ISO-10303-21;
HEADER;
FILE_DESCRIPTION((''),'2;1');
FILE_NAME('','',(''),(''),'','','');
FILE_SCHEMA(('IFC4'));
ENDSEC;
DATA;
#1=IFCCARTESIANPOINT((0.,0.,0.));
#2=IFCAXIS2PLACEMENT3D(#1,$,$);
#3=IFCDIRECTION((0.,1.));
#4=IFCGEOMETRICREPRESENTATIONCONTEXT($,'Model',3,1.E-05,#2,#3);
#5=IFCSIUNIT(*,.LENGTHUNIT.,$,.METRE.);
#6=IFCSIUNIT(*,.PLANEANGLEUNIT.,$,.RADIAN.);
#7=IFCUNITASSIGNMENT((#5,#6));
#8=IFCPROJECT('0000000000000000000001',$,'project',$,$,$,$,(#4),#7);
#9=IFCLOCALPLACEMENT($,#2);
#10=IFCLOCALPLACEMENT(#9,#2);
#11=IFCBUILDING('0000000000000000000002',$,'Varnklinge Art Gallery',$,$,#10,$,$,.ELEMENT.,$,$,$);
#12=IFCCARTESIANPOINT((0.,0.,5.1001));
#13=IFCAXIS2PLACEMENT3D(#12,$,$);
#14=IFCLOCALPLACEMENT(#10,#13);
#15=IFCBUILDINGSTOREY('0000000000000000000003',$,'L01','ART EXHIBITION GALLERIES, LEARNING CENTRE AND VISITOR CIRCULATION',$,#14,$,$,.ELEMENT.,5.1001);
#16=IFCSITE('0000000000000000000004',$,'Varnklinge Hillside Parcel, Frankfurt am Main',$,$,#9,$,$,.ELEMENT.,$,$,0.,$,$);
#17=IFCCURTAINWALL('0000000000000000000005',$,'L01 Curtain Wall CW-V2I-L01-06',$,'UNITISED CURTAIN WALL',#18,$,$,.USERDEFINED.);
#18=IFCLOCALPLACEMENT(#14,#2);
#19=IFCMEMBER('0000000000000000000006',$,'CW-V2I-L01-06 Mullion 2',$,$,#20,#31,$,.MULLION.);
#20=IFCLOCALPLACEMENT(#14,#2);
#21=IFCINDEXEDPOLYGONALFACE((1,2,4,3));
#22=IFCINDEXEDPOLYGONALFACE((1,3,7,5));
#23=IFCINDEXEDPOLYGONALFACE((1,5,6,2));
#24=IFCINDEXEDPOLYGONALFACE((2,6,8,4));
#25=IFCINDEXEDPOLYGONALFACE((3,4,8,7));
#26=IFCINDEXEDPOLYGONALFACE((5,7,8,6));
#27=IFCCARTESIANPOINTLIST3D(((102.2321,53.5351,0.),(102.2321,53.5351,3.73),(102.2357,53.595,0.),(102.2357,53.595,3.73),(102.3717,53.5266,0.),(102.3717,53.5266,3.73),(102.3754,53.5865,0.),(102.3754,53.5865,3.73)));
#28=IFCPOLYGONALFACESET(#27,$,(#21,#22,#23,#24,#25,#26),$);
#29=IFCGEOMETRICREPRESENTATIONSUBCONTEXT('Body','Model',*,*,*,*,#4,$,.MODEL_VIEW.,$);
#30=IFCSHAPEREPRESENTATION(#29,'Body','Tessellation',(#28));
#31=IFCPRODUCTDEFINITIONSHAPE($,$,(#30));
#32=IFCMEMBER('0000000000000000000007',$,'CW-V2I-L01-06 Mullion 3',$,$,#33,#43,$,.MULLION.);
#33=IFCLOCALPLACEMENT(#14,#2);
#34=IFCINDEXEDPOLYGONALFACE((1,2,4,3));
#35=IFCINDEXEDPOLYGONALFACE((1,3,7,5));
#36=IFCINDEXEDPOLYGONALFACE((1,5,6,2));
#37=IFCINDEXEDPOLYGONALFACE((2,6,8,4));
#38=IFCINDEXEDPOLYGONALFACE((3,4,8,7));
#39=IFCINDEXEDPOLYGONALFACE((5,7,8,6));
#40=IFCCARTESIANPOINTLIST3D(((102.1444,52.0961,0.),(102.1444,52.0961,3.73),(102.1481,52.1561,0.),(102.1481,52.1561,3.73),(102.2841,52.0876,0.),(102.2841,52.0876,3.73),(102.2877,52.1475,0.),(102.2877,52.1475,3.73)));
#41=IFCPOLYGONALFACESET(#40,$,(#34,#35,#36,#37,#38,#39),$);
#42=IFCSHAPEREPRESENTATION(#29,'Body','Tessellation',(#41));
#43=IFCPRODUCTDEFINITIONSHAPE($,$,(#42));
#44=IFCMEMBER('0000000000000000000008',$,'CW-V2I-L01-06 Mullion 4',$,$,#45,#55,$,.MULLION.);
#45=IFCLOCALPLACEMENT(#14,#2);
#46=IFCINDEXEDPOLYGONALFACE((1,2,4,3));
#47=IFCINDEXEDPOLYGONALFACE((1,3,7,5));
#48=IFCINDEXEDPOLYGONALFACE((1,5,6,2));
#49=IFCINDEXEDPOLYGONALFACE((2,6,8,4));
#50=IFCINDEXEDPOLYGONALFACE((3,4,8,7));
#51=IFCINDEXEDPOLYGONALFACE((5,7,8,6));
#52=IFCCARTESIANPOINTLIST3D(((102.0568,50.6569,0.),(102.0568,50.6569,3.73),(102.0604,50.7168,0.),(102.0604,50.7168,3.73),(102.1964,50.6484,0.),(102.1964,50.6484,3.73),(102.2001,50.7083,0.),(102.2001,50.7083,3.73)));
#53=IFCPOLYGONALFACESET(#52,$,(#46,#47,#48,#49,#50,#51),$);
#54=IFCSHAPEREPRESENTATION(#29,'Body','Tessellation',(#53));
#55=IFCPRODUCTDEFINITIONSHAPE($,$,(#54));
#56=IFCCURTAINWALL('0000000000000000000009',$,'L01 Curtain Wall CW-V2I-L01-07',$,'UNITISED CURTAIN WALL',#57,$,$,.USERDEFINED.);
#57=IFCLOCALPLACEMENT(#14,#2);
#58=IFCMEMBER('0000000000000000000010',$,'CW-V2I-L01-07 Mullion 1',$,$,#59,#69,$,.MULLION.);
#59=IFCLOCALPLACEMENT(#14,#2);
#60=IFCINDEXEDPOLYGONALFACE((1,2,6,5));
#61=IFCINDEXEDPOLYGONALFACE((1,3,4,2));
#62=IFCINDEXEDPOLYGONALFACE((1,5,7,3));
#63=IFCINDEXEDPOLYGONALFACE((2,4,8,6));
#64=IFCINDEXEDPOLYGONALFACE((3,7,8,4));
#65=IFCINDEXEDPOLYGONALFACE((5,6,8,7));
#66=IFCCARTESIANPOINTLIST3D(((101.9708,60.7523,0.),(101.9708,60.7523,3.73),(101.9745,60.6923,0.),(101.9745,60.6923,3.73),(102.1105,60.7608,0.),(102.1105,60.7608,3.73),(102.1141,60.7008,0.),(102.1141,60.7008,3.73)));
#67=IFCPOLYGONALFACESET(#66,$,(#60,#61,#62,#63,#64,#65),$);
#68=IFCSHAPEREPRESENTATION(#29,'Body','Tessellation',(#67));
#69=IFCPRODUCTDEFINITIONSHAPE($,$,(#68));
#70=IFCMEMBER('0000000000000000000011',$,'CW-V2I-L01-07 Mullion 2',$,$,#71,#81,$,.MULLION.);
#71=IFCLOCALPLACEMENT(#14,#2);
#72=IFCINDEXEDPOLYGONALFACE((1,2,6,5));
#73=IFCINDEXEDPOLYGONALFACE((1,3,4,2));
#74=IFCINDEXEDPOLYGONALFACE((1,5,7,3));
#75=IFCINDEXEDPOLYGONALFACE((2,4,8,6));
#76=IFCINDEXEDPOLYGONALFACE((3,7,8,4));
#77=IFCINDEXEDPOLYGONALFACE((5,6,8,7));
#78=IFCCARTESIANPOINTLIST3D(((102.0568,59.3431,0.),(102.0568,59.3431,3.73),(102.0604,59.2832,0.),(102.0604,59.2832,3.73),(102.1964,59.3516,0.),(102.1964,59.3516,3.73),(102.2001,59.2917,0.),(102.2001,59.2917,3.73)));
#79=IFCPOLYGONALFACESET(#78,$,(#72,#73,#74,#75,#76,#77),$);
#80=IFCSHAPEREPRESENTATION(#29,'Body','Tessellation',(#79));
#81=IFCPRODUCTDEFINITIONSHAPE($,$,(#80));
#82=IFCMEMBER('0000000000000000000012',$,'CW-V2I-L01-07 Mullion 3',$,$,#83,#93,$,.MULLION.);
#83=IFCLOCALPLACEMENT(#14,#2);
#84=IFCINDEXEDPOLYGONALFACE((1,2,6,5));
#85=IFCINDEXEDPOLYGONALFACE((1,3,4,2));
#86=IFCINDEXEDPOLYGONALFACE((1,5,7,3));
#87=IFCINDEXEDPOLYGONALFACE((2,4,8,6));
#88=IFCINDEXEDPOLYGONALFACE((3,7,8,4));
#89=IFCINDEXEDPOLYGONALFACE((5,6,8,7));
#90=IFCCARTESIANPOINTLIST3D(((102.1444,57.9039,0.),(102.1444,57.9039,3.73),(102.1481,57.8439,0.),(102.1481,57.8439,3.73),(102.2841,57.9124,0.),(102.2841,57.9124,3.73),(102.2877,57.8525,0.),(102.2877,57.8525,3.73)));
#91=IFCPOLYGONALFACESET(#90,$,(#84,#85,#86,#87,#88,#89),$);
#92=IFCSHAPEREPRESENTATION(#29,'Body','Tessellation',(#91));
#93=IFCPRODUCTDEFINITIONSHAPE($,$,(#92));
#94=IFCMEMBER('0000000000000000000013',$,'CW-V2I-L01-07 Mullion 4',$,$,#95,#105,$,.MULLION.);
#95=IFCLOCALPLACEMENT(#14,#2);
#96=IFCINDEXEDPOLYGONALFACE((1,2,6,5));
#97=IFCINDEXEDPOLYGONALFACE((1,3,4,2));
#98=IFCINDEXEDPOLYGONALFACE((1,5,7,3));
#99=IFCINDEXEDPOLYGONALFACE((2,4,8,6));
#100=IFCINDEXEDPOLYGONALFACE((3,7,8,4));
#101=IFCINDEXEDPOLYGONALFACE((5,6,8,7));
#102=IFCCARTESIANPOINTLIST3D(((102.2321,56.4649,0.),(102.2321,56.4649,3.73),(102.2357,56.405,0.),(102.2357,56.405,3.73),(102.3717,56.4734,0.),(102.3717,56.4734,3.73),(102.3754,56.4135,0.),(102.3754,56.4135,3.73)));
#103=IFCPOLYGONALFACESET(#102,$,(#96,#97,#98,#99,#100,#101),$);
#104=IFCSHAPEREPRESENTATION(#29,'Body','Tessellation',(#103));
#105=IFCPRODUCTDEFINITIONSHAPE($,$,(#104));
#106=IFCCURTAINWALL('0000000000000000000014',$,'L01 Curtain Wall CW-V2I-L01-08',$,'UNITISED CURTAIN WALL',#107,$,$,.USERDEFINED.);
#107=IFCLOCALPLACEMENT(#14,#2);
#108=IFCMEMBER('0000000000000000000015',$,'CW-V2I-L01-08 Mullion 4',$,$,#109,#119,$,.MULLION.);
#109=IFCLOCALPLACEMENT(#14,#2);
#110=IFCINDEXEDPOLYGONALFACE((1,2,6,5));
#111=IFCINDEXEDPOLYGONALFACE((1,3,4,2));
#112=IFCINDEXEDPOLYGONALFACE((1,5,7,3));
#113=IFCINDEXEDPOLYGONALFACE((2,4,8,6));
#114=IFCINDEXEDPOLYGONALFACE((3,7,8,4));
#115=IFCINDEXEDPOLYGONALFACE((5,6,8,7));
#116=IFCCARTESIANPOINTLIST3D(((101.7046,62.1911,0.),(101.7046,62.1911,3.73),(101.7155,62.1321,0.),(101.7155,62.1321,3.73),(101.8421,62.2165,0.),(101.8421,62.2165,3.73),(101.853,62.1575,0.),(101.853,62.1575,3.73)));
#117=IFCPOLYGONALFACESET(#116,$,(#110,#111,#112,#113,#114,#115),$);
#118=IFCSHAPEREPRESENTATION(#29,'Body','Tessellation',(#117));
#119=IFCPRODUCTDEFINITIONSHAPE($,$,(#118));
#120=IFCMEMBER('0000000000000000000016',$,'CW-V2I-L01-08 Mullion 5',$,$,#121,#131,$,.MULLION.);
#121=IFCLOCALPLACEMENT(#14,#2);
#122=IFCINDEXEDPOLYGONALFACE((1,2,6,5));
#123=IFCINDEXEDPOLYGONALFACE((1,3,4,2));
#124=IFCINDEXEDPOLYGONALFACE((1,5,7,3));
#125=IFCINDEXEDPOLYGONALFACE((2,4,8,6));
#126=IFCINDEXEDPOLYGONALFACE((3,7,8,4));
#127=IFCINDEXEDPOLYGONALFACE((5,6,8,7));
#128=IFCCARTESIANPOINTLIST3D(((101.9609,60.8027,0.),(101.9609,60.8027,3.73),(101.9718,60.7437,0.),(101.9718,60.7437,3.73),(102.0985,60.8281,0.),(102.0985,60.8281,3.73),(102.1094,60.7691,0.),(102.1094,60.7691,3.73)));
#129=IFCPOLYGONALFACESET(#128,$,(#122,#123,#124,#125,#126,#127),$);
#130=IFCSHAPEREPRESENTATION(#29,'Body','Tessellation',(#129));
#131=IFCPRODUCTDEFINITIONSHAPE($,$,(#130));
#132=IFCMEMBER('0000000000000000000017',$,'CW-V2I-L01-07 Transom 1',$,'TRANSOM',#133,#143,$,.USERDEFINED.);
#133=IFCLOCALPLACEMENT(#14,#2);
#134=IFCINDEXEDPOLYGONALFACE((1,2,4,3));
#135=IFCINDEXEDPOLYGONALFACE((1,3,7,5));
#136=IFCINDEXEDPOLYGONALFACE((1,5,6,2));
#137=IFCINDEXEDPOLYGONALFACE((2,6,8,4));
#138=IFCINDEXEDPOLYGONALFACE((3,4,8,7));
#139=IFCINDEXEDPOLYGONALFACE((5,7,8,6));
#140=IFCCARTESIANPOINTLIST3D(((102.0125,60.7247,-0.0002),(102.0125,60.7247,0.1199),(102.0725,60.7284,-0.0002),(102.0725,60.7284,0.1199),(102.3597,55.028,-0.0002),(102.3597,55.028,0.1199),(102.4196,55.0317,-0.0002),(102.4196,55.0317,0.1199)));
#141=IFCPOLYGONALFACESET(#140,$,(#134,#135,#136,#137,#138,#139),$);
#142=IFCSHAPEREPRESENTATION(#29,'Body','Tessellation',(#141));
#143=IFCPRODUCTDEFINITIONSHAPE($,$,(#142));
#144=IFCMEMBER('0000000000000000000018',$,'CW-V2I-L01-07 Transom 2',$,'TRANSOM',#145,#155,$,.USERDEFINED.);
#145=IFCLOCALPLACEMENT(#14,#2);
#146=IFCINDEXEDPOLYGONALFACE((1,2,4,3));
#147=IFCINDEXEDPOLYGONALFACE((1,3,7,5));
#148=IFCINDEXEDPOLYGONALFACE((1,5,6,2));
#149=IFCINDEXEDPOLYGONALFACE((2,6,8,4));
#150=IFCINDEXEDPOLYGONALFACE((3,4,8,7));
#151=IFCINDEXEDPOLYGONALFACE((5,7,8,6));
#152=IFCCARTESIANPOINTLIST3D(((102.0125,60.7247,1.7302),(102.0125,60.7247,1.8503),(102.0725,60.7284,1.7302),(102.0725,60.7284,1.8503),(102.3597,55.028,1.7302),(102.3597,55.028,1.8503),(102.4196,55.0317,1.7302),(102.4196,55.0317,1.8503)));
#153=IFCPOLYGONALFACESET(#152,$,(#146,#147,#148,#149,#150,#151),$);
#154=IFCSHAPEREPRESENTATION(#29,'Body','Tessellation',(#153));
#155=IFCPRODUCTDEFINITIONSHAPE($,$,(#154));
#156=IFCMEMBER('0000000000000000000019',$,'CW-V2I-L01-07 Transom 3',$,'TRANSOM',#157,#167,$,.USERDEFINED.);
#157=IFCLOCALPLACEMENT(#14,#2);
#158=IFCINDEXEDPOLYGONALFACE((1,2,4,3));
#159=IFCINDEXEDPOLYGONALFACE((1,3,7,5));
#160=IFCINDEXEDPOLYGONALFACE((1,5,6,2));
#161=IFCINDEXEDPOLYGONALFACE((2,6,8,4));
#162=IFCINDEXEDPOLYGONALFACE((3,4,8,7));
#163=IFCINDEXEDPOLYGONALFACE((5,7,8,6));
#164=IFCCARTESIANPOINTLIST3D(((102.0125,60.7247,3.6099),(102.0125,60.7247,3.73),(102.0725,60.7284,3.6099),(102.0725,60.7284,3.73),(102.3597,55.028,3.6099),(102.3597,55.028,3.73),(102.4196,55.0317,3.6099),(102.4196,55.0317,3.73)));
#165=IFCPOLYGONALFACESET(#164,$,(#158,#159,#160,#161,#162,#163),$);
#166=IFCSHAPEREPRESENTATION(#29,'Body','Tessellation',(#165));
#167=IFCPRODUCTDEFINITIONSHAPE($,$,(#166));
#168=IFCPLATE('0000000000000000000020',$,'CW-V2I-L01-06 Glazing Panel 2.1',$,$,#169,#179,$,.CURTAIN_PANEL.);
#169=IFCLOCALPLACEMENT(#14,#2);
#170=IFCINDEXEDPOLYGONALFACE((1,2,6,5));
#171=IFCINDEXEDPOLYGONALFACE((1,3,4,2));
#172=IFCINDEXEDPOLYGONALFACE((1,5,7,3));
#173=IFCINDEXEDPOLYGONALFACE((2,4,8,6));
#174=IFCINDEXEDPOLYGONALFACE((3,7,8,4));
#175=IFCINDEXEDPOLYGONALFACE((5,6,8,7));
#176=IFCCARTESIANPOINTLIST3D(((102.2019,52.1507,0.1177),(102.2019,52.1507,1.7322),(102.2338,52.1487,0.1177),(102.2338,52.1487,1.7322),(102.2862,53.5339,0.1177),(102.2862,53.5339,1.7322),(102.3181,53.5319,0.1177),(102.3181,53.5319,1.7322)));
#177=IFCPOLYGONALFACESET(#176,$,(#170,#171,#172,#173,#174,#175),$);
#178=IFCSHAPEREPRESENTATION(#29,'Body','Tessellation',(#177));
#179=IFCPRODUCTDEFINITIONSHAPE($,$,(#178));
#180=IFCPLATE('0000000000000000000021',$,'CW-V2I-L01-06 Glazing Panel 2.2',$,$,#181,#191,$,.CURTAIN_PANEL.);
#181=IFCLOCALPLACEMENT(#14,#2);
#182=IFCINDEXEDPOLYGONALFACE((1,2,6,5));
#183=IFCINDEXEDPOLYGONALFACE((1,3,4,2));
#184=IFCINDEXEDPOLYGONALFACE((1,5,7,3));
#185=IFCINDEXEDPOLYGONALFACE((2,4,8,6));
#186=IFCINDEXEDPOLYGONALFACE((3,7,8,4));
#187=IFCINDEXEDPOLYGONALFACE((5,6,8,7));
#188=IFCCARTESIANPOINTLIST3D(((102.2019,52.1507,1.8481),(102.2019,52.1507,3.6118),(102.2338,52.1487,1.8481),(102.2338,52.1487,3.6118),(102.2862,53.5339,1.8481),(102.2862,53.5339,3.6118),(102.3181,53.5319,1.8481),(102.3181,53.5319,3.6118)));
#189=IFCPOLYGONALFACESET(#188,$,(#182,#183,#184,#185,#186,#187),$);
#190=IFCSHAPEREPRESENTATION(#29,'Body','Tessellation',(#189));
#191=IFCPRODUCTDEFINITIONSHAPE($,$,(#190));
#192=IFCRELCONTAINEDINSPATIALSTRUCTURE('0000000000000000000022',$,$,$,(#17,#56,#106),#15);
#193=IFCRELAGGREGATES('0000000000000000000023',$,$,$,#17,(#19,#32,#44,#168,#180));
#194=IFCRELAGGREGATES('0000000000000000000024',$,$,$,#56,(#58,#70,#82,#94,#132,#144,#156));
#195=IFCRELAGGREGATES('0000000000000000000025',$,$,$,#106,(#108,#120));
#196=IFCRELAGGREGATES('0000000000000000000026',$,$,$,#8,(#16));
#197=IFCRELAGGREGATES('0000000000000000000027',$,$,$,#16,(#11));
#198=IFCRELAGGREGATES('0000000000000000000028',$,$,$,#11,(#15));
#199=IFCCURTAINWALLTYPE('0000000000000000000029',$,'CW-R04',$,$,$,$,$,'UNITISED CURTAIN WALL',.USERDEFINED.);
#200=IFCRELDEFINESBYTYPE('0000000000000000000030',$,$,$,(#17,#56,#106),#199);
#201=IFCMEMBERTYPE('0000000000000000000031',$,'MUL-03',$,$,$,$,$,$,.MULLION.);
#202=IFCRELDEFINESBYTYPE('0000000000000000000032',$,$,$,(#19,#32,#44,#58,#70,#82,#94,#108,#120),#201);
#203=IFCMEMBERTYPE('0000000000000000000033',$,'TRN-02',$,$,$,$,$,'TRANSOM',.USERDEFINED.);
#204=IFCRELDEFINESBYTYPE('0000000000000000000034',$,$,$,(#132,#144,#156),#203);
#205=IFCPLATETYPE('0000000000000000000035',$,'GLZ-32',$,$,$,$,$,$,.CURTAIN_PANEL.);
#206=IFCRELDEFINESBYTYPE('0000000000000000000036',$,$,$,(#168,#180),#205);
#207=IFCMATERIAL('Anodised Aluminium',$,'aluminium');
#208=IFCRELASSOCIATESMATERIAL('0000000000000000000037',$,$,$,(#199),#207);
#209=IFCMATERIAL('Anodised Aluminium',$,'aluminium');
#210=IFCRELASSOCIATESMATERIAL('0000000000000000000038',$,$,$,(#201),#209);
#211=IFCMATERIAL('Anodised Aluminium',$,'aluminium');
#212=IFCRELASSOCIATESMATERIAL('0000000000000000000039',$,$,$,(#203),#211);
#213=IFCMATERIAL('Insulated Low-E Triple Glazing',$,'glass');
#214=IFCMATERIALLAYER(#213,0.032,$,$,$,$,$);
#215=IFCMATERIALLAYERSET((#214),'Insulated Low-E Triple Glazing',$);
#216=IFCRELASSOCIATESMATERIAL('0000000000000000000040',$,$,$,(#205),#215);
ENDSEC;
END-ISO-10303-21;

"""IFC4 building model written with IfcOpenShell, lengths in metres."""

from ifc_helpers import new_model, si_unit, direction, frame, origin, origin_2d, place, context, subcontext, project, spatial, rectangle, extrude, material, layer, layer_set, material_profile, profile_set, type_object, element, aggregate, save


model = new_model("IFC4")

# Units and contexts
model_context = context("Model", 3, precision=1e-05, world=origin(), true_north=direction((0.0, 1.0)))
body_context = subcontext(model_context, "Body", "Model", "MODEL_VIEW")
ifc_project = project(units=[si_unit("LENGTHUNIT", "METRE"), si_unit("PLANEANGLEUNIT", "RADIAN")], contexts=[model_context])

# Site, building, storey
site_placement = place(None, origin())
site = spatial("IfcSite", under=ifc_project, at=site_placement, Name="Varnklinge Hillside Parcel, Frankfurt am Main", CompositionType="ELEMENT", RefElevation=0.0)
building_placement = place(site_placement, origin())
building = spatial("IfcBuilding", under=site, at=building_placement, Name="Varnklinge Art Gallery", CompositionType="ELEMENT")
storey_placement = place(building_placement, frame((0.0, 0.0, 5.1001)))
storey = spatial("IfcBuildingStorey", under=building, at=storey_placement, Name="L01", Description="ART EXHIBITION GALLERIES, LEARNING CENTRE AND VISITOR CIRCULATION", CompositionType="ELEMENT", Elevation=5.1001)

# Curtain walls, members
ifc_material_1 = material(Name="Anodised Aluminium", Category="aluminium")
curtain_wall_type = type_object("IfcCurtainWallType", Name="CW-R04", ElementType="UNITISED CURTAIN WALL", PredefinedType="USERDEFINED", material=ifc_material_1)
curtain_wall_1_placement = place(storey_placement, origin())
curtain_wall_1 = element("IfcCurtainWall", 1, at=curtain_wall_1_placement, inside=storey, type_object=curtain_wall_type, Name="L01 Curtain Wall CW-V2I-L01-06", ObjectType="UNITISED CURTAIN WALL", PredefinedType="USERDEFINED")
ifc_material_2 = material(Name="Anodised Aluminium", Category="aluminium")
ifc_material_profile_1 = material_profile(ifc_material_2, rectangle(XDim=0.0601, YDim=0.1399, at=origin_2d()), Name="ALU 60x140")
ifc_profile_set_1 = profile_set([ifc_material_profile_1], Name="Anodised Aluminium")
member_type_1 = type_object("IfcMemberType", Name="MUL-03", PredefinedType="MULLION", material=ifc_profile_set_1)
member_1_placement = place(storey_placement, frame((102.3037, 53.5608, 0.0), z_axis=(0.0, 0.0, 1.0), x_axis=(-0.060874, -0.998145, 0.0)))
member_1 = element("IfcMember", 2, at=member_1_placement, type_object=member_type_1, Name="CW-V2I-L01-06 Mullion 2", PredefinedType="MULLION", context=body_context, shape_type="SweptSolid", body=[
    extrude(rectangle(XDim=0.0601, YDim=0.1399, at=origin_2d()), origin(), (0.0, 0.0, 1.0), 3.73),
])
member_2_placement = place(storey_placement, frame((102.2161, 52.1218, 0.0), z_axis=(0.0, 0.0, 1.0), x_axis=(-0.060874, -0.998145, 0.0)))
member_2 = element("IfcMember", 3, at=member_2_placement, type_object=member_type_1, Name="CW-V2I-L01-06 Mullion 3", PredefinedType="MULLION", context=body_context, shape_type="SweptSolid", body=[
    extrude(rectangle(XDim=0.0601, YDim=0.1399, at=origin_2d()), origin(), (0.0, 0.0, 1.0), 3.73),
])
member_3_placement = place(storey_placement, frame((102.1284, 50.6826, 0.0), z_axis=(0.0, 0.0, 1.0), x_axis=(-0.060874, -0.998145, 0.0)))
member_3 = element("IfcMember", 4, at=member_3_placement, type_object=member_type_1, Name="CW-V2I-L01-06 Mullion 4", PredefinedType="MULLION", context=body_context, shape_type="SweptSolid", body=[
    extrude(rectangle(XDim=0.0601, YDim=0.1399, at=origin_2d()), origin(), (0.0, 0.0, 1.0), 3.73),
])
curtain_wall_2_placement = place(storey_placement, origin())
curtain_wall_2 = element("IfcCurtainWall", 5, at=curtain_wall_2_placement, inside=storey, type_object=curtain_wall_type, Name="L01 Curtain Wall CW-V2I-L01-07", ObjectType="UNITISED CURTAIN WALL", PredefinedType="USERDEFINED")
member_4_placement = place(storey_placement, frame((102.0425, 60.7266, 0.0), z_axis=(0.0, 0.0, 1.0), x_axis=(0.060874, -0.998145, 0.0)))
member_4 = element("IfcMember", 6, at=member_4_placement, type_object=member_type_1, Name="CW-V2I-L01-07 Mullion 1", PredefinedType="MULLION", context=body_context, shape_type="SweptSolid", body=[
    extrude(rectangle(XDim=0.0601, YDim=0.1399, at=origin_2d()), origin(), (0.0, 0.0, 1.0), 3.73),
])
member_5_placement = place(storey_placement, frame((102.1284, 59.3174, 0.0), z_axis=(0.0, 0.0, 1.0), x_axis=(0.060874, -0.998145, 0.0)))
member_5 = element("IfcMember", 7, at=member_5_placement, type_object=member_type_1, Name="CW-V2I-L01-07 Mullion 2", PredefinedType="MULLION", context=body_context, shape_type="SweptSolid", body=[
    extrude(rectangle(XDim=0.0601, YDim=0.1399, at=origin_2d()), origin(), (0.0, 0.0, 1.0), 3.73),
])
member_6_placement = place(storey_placement, frame((102.2161, 57.8782, 0.0), z_axis=(0.0, 0.0, 1.0), x_axis=(0.060874, -0.998145, 0.0)))
member_6 = element("IfcMember", 8, at=member_6_placement, type_object=member_type_1, Name="CW-V2I-L01-07 Mullion 3", PredefinedType="MULLION", context=body_context, shape_type="SweptSolid", body=[
    extrude(rectangle(XDim=0.0601, YDim=0.1399, at=origin_2d()), origin(), (0.0, 0.0, 1.0), 3.73),
])
member_7_placement = place(storey_placement, frame((102.3037, 56.4392, 0.0), z_axis=(0.0, 0.0, 1.0), x_axis=(0.060874, -0.998145, 0.0)))
member_7 = element("IfcMember", 9, at=member_7_placement, type_object=member_type_1, Name="CW-V2I-L01-07 Mullion 4", PredefinedType="MULLION", context=body_context, shape_type="SweptSolid", body=[
    extrude(rectangle(XDim=0.0601, YDim=0.1399, at=origin_2d()), origin(), (0.0, 0.0, 1.0), 3.73),
])
curtain_wall_3_placement = place(storey_placement, origin())
curtain_wall_3 = element("IfcCurtainWall", 10, at=curtain_wall_3_placement, inside=storey, type_object=curtain_wall_type, Name="L01 Curtain Wall CW-V2I-L01-08", ObjectType="UNITISED CURTAIN WALL", PredefinedType="USERDEFINED")
member_8_placement = place(storey_placement, frame((101.7788, 62.1743, 0.0), z_axis=(0.0, 0.0, 1.0), x_axis=(0.181549, -0.983382, 0.0)))
member_8 = element("IfcMember", 11, at=member_8_placement, type_object=member_type_1, Name="CW-V2I-L01-08 Mullion 4", PredefinedType="MULLION", context=body_context, shape_type="SweptSolid", body=[
    extrude(rectangle(XDim=0.0601, YDim=0.1399, at=origin_2d()), origin(), (0.0, 0.0, 1.0), 3.73),
])
member_9_placement = place(storey_placement, frame((102.0352, 60.7859, 0.0), z_axis=(0.0, 0.0, 1.0), x_axis=(0.181549, -0.983382, 0.0)))
member_9 = element("IfcMember", 12, at=member_9_placement, type_object=member_type_1, Name="CW-V2I-L01-08 Mullion 5", PredefinedType="MULLION", context=body_context, shape_type="SweptSolid", body=[
    extrude(rectangle(XDim=0.0601, YDim=0.1399, at=origin_2d()), origin(), (0.0, 0.0, 1.0), 3.73),
])

# Members
ifc_material_3 = material(Name="Anodised Aluminium", Category="aluminium")
ifc_material_profile_2 = material_profile(ifc_material_3, rectangle(XDim=0.0601, YDim=0.1201, at=origin_2d()), Name="ALU 60x120")
ifc_profile_set_2 = profile_set([ifc_material_profile_2], Name="Anodised Aluminium")
member_type_2 = type_object("IfcMemberType", Name="TRN-02", ElementType="TRANSOM", PredefinedType="USERDEFINED", material=ifc_profile_set_2)
member_10_placement = place(storey_placement, frame((102.0425, 60.7266, 0.0598), z_axis=(0.060828, -0.998148, 0.0), x_axis=(0.998148, 0.060828, 0.0)))
member_10 = element("IfcMember", 13, at=member_10_placement, type_object=member_type_2, Name="CW-V2I-L01-07 Transom 1", ObjectType="TRANSOM", PredefinedType="USERDEFINED", context=body_context, shape_type="SweptSolid", body=[
    extrude(rectangle(XDim=0.0601, YDim=0.1201, at=origin_2d()), origin(), (0.0, 0.0, 1.0), 5.7073),
])
member_11_placement = place(storey_placement, frame((102.0425, 60.7266, 1.7903), z_axis=(0.060828, -0.998148, 0.0), x_axis=(0.998148, 0.060828, 0.0)))
member_11 = element("IfcMember", 14, at=member_11_placement, type_object=member_type_2, Name="CW-V2I-L01-07 Transom 2", ObjectType="TRANSOM", PredefinedType="USERDEFINED", context=body_context, shape_type="SweptSolid", body=[
    extrude(rectangle(XDim=0.0601, YDim=0.1201, at=origin_2d()), origin(), (0.0, 0.0, 1.0), 5.7073),
])
member_12_placement = place(storey_placement, frame((102.0425, 60.7266, 3.6699), z_axis=(0.060828, -0.998148, 0.0), x_axis=(0.998148, 0.060828, 0.0)))
member_12 = element("IfcMember", 15, at=member_12_placement, type_object=member_type_2, Name="CW-V2I-L01-07 Transom 3", ObjectType="TRANSOM", PredefinedType="USERDEFINED", context=body_context, shape_type="SweptSolid", body=[
    extrude(rectangle(XDim=0.0601, YDim=0.1201, at=origin_2d()), origin(), (0.0, 0.0, 1.0), 5.7073),
])

# Plates
ifc_material_4 = material(Name="Insulated Low-E Triple Glazing", Category="glass")
ifc_layer = layer(ifc_material_4, 0.032)
ifc_layer_set = layer_set([ifc_layer], Name="Insulated Low-E Triple Glazing")
plate_type = type_object("IfcPlateType", Name="GLZ-32", PredefinedType="CURTAIN_PANEL", material=ifc_layer_set)
plate_1_placement = place(storey_placement, frame((102.26, 52.8413, 0.1177), z_axis=(0.0, 0.0, 1.0), x_axis=(-0.060874, -0.998145, 0.0)))
plate_1 = element("IfcPlate", 16, at=plate_1_placement, type_object=plate_type, Name="CW-V2I-L01-06 Glazing Panel 2.1", PredefinedType="CURTAIN_PANEL", context=body_context, shape_type="SweptSolid", body=[
    extrude(rectangle(XDim=1.3857, YDim=0.032, at=origin_2d()), origin(), (0.0, 0.0, 1.0), 1.6145),
])
plate_2_placement = place(storey_placement, frame((102.26, 52.8413, 1.8481), z_axis=(0.0, 0.0, 1.0), x_axis=(-0.060874, -0.998145, 0.0)))
plate_2 = element("IfcPlate", 17, at=plate_2_placement, type_object=plate_type, Name="CW-V2I-L01-06 Glazing Panel 2.2", PredefinedType="CURTAIN_PANEL", context=body_context, shape_type="SweptSolid", body=[
    extrude(rectangle(XDim=1.3857, YDim=0.032, at=origin_2d()), origin(), (0.0, 0.0, 1.0), 1.7637),
])
aggregate(curtain_wall_1, [member_1, member_2, member_3, plate_1, plate_2])
aggregate(curtain_wall_2, [member_4, member_5, member_6, member_7, member_10, member_11, member_12])
aggregate(curtain_wall_3, [member_8, member_9])

save(model, "model.ifc")
